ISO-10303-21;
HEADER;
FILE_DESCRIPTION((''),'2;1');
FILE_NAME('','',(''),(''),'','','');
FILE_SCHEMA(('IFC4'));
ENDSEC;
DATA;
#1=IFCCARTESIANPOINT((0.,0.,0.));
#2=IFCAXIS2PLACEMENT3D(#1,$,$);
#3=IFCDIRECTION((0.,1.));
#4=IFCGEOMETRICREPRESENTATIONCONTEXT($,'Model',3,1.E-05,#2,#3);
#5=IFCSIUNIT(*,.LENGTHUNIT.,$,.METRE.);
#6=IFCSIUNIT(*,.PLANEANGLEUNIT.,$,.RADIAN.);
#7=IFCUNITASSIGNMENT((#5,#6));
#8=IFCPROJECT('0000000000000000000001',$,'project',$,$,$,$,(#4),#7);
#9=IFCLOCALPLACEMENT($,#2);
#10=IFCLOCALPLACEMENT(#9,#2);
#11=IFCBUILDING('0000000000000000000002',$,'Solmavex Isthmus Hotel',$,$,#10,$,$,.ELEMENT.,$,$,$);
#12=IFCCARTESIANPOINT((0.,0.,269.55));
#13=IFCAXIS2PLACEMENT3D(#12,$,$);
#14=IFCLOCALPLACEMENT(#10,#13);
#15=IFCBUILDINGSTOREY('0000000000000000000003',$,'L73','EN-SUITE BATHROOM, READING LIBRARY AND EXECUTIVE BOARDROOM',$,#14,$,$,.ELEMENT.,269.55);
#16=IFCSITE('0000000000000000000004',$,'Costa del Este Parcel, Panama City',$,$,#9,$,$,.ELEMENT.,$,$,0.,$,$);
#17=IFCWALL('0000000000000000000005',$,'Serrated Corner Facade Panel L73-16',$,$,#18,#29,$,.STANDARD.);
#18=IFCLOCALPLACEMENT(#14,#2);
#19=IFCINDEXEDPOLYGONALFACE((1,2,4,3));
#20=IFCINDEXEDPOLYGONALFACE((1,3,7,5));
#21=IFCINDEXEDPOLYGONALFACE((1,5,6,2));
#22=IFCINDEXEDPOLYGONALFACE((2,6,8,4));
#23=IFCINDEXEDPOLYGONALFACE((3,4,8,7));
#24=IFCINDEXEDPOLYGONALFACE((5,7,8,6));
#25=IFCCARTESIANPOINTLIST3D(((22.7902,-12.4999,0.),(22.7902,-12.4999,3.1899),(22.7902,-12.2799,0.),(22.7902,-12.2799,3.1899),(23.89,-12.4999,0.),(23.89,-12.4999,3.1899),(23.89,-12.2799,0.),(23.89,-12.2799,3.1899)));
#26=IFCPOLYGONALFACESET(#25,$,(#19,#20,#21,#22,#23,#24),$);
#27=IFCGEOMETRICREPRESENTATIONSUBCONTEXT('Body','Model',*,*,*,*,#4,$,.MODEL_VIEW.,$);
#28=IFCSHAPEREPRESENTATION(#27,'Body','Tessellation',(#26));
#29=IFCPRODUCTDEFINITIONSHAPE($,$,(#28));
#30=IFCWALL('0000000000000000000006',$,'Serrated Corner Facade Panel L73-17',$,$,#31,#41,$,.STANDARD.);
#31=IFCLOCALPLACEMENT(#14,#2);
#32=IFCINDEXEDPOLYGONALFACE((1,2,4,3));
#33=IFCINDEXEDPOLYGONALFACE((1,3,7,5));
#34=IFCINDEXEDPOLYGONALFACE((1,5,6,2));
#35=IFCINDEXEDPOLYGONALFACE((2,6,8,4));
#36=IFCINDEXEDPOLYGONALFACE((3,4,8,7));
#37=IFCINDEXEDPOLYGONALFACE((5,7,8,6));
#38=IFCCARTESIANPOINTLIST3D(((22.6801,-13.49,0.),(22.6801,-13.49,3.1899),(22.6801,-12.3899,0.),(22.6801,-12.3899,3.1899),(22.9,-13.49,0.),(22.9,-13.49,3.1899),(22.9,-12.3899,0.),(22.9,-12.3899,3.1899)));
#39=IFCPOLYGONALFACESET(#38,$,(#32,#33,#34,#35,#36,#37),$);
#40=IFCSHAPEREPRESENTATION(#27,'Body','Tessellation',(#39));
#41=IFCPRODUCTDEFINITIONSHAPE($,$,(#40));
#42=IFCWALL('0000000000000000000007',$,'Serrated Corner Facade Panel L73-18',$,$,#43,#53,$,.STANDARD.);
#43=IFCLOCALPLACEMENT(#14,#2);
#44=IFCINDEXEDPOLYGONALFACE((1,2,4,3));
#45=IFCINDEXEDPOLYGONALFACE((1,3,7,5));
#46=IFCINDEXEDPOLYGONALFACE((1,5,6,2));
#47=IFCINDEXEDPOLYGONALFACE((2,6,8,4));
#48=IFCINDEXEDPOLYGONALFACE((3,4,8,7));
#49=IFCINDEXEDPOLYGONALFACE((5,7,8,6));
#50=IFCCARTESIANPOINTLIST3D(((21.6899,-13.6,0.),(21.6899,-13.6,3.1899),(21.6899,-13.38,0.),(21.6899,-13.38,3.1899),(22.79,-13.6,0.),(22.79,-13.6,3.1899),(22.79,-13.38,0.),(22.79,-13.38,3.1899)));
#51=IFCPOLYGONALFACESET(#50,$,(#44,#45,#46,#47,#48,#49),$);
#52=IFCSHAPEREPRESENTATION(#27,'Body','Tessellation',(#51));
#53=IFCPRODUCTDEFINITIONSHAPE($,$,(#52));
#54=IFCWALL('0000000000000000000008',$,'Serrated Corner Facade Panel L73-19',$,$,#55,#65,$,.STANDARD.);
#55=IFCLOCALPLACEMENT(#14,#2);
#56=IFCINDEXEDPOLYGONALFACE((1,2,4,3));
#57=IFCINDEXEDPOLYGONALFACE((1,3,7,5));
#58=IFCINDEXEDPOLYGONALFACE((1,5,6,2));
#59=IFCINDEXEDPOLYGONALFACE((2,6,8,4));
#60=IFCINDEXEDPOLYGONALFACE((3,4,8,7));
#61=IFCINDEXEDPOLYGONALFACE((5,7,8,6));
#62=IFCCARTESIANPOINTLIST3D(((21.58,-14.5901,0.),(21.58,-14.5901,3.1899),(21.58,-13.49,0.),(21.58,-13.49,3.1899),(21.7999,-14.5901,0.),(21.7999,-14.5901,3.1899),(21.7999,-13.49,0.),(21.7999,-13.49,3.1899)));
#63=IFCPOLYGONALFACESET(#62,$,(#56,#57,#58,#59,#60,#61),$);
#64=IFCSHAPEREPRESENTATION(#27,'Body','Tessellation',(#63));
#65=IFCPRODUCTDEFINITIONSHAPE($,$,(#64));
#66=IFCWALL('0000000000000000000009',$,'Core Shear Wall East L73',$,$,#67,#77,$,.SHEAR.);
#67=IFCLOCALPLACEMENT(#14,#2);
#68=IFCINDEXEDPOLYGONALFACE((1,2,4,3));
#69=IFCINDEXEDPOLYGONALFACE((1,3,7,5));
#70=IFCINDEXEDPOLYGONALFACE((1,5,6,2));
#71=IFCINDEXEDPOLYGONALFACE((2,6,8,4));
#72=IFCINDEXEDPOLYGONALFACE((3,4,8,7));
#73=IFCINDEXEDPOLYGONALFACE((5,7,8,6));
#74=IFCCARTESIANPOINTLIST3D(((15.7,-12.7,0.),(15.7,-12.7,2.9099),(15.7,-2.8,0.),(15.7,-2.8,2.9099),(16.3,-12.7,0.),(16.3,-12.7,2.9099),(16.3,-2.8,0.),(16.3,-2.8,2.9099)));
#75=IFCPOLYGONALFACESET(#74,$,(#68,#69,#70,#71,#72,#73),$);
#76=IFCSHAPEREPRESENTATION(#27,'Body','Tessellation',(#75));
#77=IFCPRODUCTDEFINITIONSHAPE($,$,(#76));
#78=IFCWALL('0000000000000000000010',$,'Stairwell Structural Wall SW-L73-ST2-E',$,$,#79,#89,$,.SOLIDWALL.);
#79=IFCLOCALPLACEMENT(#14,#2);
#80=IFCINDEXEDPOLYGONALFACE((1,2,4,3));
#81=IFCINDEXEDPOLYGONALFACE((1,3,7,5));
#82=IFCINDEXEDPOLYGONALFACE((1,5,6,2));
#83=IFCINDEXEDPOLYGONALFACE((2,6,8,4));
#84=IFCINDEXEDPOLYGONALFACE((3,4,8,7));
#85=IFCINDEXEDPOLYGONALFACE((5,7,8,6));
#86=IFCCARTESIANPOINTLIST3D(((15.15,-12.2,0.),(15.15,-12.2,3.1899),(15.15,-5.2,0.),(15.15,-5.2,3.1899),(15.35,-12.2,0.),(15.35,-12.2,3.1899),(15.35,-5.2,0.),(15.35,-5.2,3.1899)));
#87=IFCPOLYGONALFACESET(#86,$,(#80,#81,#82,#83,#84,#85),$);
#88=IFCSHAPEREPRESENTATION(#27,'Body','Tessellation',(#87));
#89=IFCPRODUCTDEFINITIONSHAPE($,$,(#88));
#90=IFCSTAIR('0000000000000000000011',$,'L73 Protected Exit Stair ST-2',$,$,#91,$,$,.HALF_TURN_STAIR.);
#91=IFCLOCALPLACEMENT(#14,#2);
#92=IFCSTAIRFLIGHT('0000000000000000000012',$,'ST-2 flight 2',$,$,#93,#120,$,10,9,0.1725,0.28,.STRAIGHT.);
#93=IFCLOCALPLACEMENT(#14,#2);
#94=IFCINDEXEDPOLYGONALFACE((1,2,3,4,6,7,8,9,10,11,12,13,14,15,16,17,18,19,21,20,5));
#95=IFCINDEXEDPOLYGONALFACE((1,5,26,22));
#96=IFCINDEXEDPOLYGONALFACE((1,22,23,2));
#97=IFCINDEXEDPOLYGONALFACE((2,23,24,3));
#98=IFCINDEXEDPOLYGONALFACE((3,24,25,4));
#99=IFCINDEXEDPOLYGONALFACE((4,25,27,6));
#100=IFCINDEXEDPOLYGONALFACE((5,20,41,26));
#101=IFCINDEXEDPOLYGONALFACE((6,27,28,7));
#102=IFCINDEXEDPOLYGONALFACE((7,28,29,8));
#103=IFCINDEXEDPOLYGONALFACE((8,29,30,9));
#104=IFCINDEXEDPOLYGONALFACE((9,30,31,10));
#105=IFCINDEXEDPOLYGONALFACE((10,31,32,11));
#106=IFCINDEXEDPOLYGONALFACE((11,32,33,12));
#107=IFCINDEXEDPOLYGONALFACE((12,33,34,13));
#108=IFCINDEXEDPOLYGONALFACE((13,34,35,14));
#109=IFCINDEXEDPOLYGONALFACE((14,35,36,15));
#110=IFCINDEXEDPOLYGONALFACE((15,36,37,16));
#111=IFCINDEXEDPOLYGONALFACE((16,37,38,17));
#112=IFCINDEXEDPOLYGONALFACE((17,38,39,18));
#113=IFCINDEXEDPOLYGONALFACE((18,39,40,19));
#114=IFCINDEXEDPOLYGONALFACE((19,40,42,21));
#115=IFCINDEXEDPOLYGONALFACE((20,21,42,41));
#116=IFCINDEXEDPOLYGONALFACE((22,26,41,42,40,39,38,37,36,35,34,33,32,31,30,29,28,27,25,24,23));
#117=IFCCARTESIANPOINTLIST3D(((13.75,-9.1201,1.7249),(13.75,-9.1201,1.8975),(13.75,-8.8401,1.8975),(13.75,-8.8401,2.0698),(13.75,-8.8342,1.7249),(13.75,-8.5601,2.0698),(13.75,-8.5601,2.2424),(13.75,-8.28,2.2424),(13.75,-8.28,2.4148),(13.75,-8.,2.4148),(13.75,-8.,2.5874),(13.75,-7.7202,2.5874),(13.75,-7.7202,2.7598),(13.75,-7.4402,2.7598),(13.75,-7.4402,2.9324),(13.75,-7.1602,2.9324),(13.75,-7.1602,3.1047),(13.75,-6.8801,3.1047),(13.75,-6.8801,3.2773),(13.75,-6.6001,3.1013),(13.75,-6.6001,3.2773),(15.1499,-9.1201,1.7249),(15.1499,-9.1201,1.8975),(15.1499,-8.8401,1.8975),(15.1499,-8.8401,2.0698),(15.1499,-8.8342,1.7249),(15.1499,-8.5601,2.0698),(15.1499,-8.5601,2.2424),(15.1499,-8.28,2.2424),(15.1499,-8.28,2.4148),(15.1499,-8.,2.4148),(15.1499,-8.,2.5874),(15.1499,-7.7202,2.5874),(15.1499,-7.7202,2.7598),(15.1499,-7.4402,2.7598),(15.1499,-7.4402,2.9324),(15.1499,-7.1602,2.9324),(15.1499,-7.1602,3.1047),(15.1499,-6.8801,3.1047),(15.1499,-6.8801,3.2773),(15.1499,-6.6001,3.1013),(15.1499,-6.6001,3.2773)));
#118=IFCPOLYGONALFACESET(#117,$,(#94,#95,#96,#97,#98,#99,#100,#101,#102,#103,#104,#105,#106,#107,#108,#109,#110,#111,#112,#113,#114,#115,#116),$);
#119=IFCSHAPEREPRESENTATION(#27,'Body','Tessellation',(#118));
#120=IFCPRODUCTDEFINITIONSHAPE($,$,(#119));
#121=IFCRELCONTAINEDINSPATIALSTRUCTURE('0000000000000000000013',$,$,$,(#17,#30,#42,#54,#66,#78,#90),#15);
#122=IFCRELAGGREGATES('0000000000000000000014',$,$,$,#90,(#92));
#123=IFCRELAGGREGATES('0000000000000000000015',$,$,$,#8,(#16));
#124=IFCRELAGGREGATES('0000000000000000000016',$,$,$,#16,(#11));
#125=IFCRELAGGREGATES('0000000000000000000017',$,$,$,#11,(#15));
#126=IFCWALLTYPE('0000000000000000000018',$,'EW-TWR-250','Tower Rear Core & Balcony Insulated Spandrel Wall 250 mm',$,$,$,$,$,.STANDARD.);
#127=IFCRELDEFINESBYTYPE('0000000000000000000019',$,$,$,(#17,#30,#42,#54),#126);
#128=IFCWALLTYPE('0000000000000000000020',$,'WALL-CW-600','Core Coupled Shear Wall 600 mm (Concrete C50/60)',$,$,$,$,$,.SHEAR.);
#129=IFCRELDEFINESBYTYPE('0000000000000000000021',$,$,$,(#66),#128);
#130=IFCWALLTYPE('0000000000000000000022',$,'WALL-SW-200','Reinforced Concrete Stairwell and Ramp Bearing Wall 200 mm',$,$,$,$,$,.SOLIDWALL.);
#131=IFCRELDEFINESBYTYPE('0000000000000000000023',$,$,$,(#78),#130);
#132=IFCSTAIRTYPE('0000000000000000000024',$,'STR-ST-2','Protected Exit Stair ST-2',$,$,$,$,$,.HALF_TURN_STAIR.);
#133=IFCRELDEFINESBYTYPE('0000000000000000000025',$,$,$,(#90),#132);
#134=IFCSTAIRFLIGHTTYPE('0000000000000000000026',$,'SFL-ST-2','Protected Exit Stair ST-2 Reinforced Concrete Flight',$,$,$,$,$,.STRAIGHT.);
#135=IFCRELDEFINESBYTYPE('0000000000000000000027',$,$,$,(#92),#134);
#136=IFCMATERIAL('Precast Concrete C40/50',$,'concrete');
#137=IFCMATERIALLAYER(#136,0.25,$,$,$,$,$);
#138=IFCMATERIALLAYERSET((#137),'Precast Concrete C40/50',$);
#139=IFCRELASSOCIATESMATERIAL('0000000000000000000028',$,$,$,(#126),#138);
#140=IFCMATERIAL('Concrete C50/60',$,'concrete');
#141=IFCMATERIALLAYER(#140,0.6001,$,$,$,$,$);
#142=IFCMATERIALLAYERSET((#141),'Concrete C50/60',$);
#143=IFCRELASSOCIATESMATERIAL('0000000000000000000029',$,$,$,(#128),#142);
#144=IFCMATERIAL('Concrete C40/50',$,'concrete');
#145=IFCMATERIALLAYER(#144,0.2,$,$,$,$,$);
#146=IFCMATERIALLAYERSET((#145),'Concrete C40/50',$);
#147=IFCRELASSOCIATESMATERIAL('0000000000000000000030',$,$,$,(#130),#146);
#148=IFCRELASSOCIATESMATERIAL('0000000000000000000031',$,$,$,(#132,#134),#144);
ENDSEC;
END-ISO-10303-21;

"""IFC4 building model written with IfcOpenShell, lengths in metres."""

from ifc_helpers import new_model, si_unit, direction, frame, frame_2d, origin, place, context, subcontext, project, spatial, polyline, rectangle, outline, extrude, material, layer, layer_set, type_object, element, aggregate, save


model = new_model("IFC4")

# Units and contexts
model_context = context("Model", 3, precision=1e-05, world=origin(), true_north=direction((0.0, 1.0)))
body_context = subcontext(model_context, "Body", "Model", "MODEL_VIEW")
ifc_project = project(units=[si_unit("LENGTHUNIT", "METRE"), si_unit("PLANEANGLEUNIT", "RADIAN")], contexts=[model_context])

# Site, building, storey
site_placement = place(None, origin())
site = spatial("IfcSite", under=ifc_project, at=site_placement, Name="Costa del Este Parcel, Panama City", CompositionType="ELEMENT", RefElevation=0.0)
building_placement = place(site_placement, origin())
building = spatial("IfcBuilding", under=site, at=building_placement, Name="Solmavex Isthmus Hotel", CompositionType="ELEMENT")
storey_placement = place(building_placement, frame((0.0, 0.0, 269.55)))
storey = spatial("IfcBuildingStorey", under=building, at=storey_placement, Name="L73", Description="EN-SUITE BATHROOM, READING LIBRARY AND EXECUTIVE BOARDROOM", CompositionType="ELEMENT", Elevation=269.55)

# Shared definitions
ifc_material_1 = material(Name="Concrete C50/60", Category="concrete")

# Walls
ifc_material_2 = material(Name="Precast Concrete C40/50", Category="concrete")
ifc_layer_1 = layer(ifc_material_2, 0.25)
ifc_layer_set_1 = layer_set([ifc_layer_1], Name="Precast Concrete C40/50")
wall_type_1 = type_object("IfcWallType", Name="EW-TWR-250", Description="Tower Rear Core & Balcony Insulated Spandrel Wall 250 mm", PredefinedType="STANDARD", material=ifc_layer_set_1)
wall_1_placement = place(storey_placement, frame((23.8899, -12.3899, 0.0), z_axis=(0.0, 0.0, 1.0), x_axis=(-1.0, 0.0, 0.0)))
element("IfcWall", 1, at=wall_1_placement, inside=storey, type_object=wall_type_1, Name="Serrated Corner Facade Panel L73-16", PredefinedType="STANDARD", context=body_context, shape_type="SweptSolid", body=[
    extrude(rectangle(XDim=1.0999, YDim=0.22, at=frame_2d((0.5498, 0.0))), origin(), (0.0, 0.0, 1.0), 3.1899),
])
for number, where, z_axis, x_axis, name in (
    (2, (22.79, -12.3899, 0.0), (0.0, 0.0, 1.0), (0.0, -1.0, 0.0), "Serrated Corner Facade Panel L73-17"),
    (3, (22.79, -13.49, 0.0), (0.0, 0.0, 1.0), (-1.0, 0.0, 0.0), "Serrated Corner Facade Panel L73-18"),
    (4, (21.6899, -13.49, 0.0), (0.0, 0.0, 1.0), (0.0, -1.0, 0.0), "Serrated Corner Facade Panel L73-19"),
):
    element("IfcWall", number, at=place(storey_placement, frame(where, z_axis=z_axis, x_axis=x_axis)), inside=storey, type_object=wall_type_1, Name=name, PredefinedType="STANDARD", context=body_context, shape_type="SweptSolid", body=[
        extrude(rectangle(XDim=1.1001, YDim=0.22, at=frame_2d((0.55, 0.0))), origin(), (0.0, 0.0, 1.0), 3.1899),
    ])
ifc_layer_2 = layer(ifc_material_1, 0.6001)
ifc_layer_set_2 = layer_set([ifc_layer_2], Name="Concrete C50/60")
wall_type_2 = type_object("IfcWallType", Name="WALL-CW-600", Description="Core Coupled Shear Wall 600 mm (Concrete C50/60)", PredefinedType="SHEAR", material=ifc_layer_set_2)
wall_2_placement = place(storey_placement, frame((16.0, -12.7, 0.0), z_axis=(0.0, 0.0, 1.0), x_axis=(0.0, 1.0, 0.0)))
element("IfcWall", 5, at=wall_2_placement, inside=storey, type_object=wall_type_2, Name="Core Shear Wall East L73", PredefinedType="SHEAR", context=body_context, shape_type="SweptSolid", body=[
    extrude(rectangle(XDim=9.8999, YDim=0.6001, at=frame_2d((4.95, 0.0))), origin(), (0.0, 0.0, 1.0), 2.9099),
])
ifc_material_3 = material(Name="Concrete C40/50", Category="concrete")
ifc_layer_3 = layer(ifc_material_3, 0.2)
ifc_layer_set_3 = layer_set([ifc_layer_3], Name="Concrete C40/50")
wall_type_3 = type_object("IfcWallType", Name="WALL-SW-200", Description="Reinforced Concrete Stairwell and Ramp Bearing Wall 200 mm", PredefinedType="SOLIDWALL", material=ifc_layer_set_3)
wall_3_placement = place(storey_placement, frame((15.25, -12.2, 0.0), z_axis=(0.0, 0.0, 1.0), x_axis=(0.0, 1.0, 0.0)))
element("IfcWall", 6, at=wall_3_placement, inside=storey, type_object=wall_type_3, Name="Stairwell Structural Wall SW-L73-ST2-E", PredefinedType="SOLIDWALL", context=body_context, shape_type="SweptSolid", body=[
    extrude(rectangle(XDim=7.0, YDim=0.2, at=frame_2d((3.5, 0.0))), origin(), (0.0, 0.0, 1.0), 3.1899),
])

# Stair, stair flight
stair_type = type_object("IfcStairType", Name="STR-ST-2", Description="Protected Exit Stair ST-2", PredefinedType="HALF_TURN_STAIR", material=ifc_material_3)
stair_placement = place(storey_placement, origin())
stair = element("IfcStair", 7, at=stair_placement, inside=storey, type_object=stair_type, Name="L73 Protected Exit Stair ST-2", PredefinedType="HALF_TURN_STAIR")
stair_flight_type = type_object("IfcStairFlightType", Name="SFL-ST-2", Description="Protected Exit Stair ST-2 Reinforced Concrete Flight", PredefinedType="STRAIGHT", material=ifc_material_3)
stair_flight_placement = place(storey_placement, frame((14.45, -9.1201, 1.7249), z_axis=(0.0, 0.0, 1.0), x_axis=(0.0, 1.0, 0.0)))
stair_flight = element("IfcStairFlight", 8, at=stair_flight_placement, type_object=stair_flight_type, Name="ST-2 flight 2", NumberOfRisers=10, NumberOfTreads=9, PredefinedType="STRAIGHT", RiserHeight=0.1725, TreadLength=0.28, context=body_context, shape_type="SweptSolid", body=[
    extrude(outline(polyline([(0.0, 0.0), (0.0, 0.1726), (0.28, 0.1726), (0.28, 0.345), (0.5601, 0.345), (0.5601, 0.5176), (0.8401, 0.5176), (0.8401, 0.6899), (1.1201, 0.6899), (1.1201, 0.8625), (1.3999, 0.8625), (1.3999, 1.0349), (1.6799, 1.0349), (1.6799, 1.2075), (1.96, 1.2075), (1.96, 1.3799), (2.24, 1.3799), (2.24, 1.5525), (2.52, 1.5525), (2.52, 1.7251), (2.52, 1.3765), (0.2859, 0.0), (0.0, 0.0)])), frame((0.0, 0.7, 0.0), z_axis=(0.0, -1.0, 0.0), x_axis=(1.0, 0.0, 0.0)), (0.0, 0.0, 1.0), 1.3999),
])
aggregate(stair, [stair_flight])

save(model, "model.ifc")
